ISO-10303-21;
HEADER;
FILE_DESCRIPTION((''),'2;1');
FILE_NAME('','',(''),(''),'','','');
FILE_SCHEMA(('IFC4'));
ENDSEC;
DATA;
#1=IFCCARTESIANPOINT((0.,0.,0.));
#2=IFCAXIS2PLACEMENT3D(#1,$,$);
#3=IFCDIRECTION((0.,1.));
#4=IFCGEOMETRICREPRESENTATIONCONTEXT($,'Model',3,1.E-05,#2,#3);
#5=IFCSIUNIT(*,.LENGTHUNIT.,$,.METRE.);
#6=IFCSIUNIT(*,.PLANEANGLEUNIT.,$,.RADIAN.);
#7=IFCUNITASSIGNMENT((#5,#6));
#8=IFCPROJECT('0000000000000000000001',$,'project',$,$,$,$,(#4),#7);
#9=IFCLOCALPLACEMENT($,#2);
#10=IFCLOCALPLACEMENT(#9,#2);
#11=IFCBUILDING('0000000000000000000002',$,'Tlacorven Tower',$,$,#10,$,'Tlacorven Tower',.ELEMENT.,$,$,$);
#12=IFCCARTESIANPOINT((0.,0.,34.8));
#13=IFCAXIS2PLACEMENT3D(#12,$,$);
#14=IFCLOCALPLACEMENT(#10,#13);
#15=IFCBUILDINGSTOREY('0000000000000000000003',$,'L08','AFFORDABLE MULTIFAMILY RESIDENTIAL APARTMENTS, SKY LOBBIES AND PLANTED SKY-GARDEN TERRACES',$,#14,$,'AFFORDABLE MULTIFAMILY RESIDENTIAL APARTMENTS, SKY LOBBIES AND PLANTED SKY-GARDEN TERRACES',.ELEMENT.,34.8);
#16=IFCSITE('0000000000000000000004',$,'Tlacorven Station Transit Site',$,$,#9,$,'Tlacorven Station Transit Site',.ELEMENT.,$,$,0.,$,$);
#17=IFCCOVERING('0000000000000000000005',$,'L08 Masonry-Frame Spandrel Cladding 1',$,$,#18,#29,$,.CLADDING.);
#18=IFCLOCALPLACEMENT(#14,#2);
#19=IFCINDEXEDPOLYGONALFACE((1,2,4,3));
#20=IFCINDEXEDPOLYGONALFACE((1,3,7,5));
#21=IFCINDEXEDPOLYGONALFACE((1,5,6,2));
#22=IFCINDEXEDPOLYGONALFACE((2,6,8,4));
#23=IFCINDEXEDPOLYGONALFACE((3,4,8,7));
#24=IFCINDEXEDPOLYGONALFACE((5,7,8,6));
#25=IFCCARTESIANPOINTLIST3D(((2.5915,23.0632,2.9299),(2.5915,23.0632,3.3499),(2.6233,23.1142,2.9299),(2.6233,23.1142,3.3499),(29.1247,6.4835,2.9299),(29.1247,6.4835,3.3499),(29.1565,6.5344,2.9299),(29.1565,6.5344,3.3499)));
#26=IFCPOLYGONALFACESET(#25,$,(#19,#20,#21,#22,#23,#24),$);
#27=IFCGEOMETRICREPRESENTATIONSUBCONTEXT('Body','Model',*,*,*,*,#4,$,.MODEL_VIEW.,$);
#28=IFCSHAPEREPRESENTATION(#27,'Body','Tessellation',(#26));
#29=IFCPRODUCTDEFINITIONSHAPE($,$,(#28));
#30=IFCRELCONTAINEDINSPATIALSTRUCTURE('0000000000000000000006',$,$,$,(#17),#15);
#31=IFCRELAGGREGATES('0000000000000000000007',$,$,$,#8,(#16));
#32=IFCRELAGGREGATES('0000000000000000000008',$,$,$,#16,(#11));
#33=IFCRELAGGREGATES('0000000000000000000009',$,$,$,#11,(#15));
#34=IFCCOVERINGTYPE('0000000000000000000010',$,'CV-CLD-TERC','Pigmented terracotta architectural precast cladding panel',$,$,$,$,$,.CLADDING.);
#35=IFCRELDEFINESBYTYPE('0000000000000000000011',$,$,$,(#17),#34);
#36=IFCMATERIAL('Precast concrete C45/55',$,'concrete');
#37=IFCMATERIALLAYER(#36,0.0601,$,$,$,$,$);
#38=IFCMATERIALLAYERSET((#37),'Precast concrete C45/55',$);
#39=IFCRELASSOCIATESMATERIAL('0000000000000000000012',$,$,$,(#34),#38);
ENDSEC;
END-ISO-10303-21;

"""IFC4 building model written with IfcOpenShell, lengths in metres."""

from ifc_helpers import new_model, si_unit, direction, frame, origin, origin_2d, place, context, subcontext, project, spatial, rectangle, extrude, source, transform, mapped, material, layer, layer_set, type_object, element, save


model = new_model("IFC4")

# Units and contexts
model_context = context("Model", 3, precision=1e-05, world=origin(), true_north=direction((0.0, 1.0)))
body_context = subcontext(model_context, "Body", "Model", "MODEL_VIEW")
ifc_project = project(units=[si_unit("LENGTHUNIT", "METRE"), si_unit("PLANEANGLEUNIT", "RADIAN")], contexts=[model_context])

# Site, building, storey
site_placement = place(None, origin())
site = spatial("IfcSite", under=ifc_project, at=site_placement, Name="Tlacorven Station Transit Site", LongName="Tlacorven Station Transit Site", CompositionType="ELEMENT", RefElevation=0.0)
building_placement = place(site_placement, origin())
building = spatial("IfcBuilding", under=site, at=building_placement, Name="Tlacorven Tower", LongName="Tlacorven Tower", CompositionType="ELEMENT")
storey_placement = place(building_placement, frame((0.0, 0.0, 34.8)))
storey = spatial("IfcBuildingStorey", under=building, at=storey_placement, Name="L08", Description="AFFORDABLE MULTIFAMILY RESIDENTIAL APARTMENTS, SKY LOBBIES AND PLANTED SKY-GARDEN TERRACES", LongName="AFFORDABLE MULTIFAMILY RESIDENTIAL APARTMENTS, SKY LOBBIES AND PLANTED SKY-GARDEN TERRACES", CompositionType="ELEMENT", Elevation=34.8)

# Shared definitions
ifc_material_1 = material(Name="Precast concrete C45/55", Category="concrete")

# Covering
ifc_layer_1 = layer(ifc_material_1, 0.0601)
ifc_layer_set_1 = layer_set([ifc_layer_1], Name="Precast concrete C45/55")
covering_type = type_object("IfcCoveringType", Name="CV-CLD-TERC", Description="Pigmented terracotta architectural precast cladding panel", PredefinedType="CLADDING", material=ifc_layer_set_1)
shared_shape_1 = source(origin(), body_context, "Body", "SweptSolid", [
    extrude(rectangle(XDim=31.2874, YDim=0.0601, at=origin_2d()), origin(), (0.0, 0.0, 1.0), 0.4199),
])
covering_placement = place(storey_placement, frame((15.874, 14.7988, 2.9299), z_axis=(0.0, 0.0, 1.0), x_axis=(-0.848048, 0.529919, 0.0)))
element("IfcCovering", 1, at=covering_placement, inside=storey, type_object=covering_type, Name="L08 Masonry-Frame Spandrel Cladding 1", PredefinedType="CLADDING", context=body_context, shape_type="MappedRepresentation", body=[
    mapped(shared_shape_1, transform((0.0, 0.0, 0.0), scale=1.0)),
])

save(model, "model.ifc")
